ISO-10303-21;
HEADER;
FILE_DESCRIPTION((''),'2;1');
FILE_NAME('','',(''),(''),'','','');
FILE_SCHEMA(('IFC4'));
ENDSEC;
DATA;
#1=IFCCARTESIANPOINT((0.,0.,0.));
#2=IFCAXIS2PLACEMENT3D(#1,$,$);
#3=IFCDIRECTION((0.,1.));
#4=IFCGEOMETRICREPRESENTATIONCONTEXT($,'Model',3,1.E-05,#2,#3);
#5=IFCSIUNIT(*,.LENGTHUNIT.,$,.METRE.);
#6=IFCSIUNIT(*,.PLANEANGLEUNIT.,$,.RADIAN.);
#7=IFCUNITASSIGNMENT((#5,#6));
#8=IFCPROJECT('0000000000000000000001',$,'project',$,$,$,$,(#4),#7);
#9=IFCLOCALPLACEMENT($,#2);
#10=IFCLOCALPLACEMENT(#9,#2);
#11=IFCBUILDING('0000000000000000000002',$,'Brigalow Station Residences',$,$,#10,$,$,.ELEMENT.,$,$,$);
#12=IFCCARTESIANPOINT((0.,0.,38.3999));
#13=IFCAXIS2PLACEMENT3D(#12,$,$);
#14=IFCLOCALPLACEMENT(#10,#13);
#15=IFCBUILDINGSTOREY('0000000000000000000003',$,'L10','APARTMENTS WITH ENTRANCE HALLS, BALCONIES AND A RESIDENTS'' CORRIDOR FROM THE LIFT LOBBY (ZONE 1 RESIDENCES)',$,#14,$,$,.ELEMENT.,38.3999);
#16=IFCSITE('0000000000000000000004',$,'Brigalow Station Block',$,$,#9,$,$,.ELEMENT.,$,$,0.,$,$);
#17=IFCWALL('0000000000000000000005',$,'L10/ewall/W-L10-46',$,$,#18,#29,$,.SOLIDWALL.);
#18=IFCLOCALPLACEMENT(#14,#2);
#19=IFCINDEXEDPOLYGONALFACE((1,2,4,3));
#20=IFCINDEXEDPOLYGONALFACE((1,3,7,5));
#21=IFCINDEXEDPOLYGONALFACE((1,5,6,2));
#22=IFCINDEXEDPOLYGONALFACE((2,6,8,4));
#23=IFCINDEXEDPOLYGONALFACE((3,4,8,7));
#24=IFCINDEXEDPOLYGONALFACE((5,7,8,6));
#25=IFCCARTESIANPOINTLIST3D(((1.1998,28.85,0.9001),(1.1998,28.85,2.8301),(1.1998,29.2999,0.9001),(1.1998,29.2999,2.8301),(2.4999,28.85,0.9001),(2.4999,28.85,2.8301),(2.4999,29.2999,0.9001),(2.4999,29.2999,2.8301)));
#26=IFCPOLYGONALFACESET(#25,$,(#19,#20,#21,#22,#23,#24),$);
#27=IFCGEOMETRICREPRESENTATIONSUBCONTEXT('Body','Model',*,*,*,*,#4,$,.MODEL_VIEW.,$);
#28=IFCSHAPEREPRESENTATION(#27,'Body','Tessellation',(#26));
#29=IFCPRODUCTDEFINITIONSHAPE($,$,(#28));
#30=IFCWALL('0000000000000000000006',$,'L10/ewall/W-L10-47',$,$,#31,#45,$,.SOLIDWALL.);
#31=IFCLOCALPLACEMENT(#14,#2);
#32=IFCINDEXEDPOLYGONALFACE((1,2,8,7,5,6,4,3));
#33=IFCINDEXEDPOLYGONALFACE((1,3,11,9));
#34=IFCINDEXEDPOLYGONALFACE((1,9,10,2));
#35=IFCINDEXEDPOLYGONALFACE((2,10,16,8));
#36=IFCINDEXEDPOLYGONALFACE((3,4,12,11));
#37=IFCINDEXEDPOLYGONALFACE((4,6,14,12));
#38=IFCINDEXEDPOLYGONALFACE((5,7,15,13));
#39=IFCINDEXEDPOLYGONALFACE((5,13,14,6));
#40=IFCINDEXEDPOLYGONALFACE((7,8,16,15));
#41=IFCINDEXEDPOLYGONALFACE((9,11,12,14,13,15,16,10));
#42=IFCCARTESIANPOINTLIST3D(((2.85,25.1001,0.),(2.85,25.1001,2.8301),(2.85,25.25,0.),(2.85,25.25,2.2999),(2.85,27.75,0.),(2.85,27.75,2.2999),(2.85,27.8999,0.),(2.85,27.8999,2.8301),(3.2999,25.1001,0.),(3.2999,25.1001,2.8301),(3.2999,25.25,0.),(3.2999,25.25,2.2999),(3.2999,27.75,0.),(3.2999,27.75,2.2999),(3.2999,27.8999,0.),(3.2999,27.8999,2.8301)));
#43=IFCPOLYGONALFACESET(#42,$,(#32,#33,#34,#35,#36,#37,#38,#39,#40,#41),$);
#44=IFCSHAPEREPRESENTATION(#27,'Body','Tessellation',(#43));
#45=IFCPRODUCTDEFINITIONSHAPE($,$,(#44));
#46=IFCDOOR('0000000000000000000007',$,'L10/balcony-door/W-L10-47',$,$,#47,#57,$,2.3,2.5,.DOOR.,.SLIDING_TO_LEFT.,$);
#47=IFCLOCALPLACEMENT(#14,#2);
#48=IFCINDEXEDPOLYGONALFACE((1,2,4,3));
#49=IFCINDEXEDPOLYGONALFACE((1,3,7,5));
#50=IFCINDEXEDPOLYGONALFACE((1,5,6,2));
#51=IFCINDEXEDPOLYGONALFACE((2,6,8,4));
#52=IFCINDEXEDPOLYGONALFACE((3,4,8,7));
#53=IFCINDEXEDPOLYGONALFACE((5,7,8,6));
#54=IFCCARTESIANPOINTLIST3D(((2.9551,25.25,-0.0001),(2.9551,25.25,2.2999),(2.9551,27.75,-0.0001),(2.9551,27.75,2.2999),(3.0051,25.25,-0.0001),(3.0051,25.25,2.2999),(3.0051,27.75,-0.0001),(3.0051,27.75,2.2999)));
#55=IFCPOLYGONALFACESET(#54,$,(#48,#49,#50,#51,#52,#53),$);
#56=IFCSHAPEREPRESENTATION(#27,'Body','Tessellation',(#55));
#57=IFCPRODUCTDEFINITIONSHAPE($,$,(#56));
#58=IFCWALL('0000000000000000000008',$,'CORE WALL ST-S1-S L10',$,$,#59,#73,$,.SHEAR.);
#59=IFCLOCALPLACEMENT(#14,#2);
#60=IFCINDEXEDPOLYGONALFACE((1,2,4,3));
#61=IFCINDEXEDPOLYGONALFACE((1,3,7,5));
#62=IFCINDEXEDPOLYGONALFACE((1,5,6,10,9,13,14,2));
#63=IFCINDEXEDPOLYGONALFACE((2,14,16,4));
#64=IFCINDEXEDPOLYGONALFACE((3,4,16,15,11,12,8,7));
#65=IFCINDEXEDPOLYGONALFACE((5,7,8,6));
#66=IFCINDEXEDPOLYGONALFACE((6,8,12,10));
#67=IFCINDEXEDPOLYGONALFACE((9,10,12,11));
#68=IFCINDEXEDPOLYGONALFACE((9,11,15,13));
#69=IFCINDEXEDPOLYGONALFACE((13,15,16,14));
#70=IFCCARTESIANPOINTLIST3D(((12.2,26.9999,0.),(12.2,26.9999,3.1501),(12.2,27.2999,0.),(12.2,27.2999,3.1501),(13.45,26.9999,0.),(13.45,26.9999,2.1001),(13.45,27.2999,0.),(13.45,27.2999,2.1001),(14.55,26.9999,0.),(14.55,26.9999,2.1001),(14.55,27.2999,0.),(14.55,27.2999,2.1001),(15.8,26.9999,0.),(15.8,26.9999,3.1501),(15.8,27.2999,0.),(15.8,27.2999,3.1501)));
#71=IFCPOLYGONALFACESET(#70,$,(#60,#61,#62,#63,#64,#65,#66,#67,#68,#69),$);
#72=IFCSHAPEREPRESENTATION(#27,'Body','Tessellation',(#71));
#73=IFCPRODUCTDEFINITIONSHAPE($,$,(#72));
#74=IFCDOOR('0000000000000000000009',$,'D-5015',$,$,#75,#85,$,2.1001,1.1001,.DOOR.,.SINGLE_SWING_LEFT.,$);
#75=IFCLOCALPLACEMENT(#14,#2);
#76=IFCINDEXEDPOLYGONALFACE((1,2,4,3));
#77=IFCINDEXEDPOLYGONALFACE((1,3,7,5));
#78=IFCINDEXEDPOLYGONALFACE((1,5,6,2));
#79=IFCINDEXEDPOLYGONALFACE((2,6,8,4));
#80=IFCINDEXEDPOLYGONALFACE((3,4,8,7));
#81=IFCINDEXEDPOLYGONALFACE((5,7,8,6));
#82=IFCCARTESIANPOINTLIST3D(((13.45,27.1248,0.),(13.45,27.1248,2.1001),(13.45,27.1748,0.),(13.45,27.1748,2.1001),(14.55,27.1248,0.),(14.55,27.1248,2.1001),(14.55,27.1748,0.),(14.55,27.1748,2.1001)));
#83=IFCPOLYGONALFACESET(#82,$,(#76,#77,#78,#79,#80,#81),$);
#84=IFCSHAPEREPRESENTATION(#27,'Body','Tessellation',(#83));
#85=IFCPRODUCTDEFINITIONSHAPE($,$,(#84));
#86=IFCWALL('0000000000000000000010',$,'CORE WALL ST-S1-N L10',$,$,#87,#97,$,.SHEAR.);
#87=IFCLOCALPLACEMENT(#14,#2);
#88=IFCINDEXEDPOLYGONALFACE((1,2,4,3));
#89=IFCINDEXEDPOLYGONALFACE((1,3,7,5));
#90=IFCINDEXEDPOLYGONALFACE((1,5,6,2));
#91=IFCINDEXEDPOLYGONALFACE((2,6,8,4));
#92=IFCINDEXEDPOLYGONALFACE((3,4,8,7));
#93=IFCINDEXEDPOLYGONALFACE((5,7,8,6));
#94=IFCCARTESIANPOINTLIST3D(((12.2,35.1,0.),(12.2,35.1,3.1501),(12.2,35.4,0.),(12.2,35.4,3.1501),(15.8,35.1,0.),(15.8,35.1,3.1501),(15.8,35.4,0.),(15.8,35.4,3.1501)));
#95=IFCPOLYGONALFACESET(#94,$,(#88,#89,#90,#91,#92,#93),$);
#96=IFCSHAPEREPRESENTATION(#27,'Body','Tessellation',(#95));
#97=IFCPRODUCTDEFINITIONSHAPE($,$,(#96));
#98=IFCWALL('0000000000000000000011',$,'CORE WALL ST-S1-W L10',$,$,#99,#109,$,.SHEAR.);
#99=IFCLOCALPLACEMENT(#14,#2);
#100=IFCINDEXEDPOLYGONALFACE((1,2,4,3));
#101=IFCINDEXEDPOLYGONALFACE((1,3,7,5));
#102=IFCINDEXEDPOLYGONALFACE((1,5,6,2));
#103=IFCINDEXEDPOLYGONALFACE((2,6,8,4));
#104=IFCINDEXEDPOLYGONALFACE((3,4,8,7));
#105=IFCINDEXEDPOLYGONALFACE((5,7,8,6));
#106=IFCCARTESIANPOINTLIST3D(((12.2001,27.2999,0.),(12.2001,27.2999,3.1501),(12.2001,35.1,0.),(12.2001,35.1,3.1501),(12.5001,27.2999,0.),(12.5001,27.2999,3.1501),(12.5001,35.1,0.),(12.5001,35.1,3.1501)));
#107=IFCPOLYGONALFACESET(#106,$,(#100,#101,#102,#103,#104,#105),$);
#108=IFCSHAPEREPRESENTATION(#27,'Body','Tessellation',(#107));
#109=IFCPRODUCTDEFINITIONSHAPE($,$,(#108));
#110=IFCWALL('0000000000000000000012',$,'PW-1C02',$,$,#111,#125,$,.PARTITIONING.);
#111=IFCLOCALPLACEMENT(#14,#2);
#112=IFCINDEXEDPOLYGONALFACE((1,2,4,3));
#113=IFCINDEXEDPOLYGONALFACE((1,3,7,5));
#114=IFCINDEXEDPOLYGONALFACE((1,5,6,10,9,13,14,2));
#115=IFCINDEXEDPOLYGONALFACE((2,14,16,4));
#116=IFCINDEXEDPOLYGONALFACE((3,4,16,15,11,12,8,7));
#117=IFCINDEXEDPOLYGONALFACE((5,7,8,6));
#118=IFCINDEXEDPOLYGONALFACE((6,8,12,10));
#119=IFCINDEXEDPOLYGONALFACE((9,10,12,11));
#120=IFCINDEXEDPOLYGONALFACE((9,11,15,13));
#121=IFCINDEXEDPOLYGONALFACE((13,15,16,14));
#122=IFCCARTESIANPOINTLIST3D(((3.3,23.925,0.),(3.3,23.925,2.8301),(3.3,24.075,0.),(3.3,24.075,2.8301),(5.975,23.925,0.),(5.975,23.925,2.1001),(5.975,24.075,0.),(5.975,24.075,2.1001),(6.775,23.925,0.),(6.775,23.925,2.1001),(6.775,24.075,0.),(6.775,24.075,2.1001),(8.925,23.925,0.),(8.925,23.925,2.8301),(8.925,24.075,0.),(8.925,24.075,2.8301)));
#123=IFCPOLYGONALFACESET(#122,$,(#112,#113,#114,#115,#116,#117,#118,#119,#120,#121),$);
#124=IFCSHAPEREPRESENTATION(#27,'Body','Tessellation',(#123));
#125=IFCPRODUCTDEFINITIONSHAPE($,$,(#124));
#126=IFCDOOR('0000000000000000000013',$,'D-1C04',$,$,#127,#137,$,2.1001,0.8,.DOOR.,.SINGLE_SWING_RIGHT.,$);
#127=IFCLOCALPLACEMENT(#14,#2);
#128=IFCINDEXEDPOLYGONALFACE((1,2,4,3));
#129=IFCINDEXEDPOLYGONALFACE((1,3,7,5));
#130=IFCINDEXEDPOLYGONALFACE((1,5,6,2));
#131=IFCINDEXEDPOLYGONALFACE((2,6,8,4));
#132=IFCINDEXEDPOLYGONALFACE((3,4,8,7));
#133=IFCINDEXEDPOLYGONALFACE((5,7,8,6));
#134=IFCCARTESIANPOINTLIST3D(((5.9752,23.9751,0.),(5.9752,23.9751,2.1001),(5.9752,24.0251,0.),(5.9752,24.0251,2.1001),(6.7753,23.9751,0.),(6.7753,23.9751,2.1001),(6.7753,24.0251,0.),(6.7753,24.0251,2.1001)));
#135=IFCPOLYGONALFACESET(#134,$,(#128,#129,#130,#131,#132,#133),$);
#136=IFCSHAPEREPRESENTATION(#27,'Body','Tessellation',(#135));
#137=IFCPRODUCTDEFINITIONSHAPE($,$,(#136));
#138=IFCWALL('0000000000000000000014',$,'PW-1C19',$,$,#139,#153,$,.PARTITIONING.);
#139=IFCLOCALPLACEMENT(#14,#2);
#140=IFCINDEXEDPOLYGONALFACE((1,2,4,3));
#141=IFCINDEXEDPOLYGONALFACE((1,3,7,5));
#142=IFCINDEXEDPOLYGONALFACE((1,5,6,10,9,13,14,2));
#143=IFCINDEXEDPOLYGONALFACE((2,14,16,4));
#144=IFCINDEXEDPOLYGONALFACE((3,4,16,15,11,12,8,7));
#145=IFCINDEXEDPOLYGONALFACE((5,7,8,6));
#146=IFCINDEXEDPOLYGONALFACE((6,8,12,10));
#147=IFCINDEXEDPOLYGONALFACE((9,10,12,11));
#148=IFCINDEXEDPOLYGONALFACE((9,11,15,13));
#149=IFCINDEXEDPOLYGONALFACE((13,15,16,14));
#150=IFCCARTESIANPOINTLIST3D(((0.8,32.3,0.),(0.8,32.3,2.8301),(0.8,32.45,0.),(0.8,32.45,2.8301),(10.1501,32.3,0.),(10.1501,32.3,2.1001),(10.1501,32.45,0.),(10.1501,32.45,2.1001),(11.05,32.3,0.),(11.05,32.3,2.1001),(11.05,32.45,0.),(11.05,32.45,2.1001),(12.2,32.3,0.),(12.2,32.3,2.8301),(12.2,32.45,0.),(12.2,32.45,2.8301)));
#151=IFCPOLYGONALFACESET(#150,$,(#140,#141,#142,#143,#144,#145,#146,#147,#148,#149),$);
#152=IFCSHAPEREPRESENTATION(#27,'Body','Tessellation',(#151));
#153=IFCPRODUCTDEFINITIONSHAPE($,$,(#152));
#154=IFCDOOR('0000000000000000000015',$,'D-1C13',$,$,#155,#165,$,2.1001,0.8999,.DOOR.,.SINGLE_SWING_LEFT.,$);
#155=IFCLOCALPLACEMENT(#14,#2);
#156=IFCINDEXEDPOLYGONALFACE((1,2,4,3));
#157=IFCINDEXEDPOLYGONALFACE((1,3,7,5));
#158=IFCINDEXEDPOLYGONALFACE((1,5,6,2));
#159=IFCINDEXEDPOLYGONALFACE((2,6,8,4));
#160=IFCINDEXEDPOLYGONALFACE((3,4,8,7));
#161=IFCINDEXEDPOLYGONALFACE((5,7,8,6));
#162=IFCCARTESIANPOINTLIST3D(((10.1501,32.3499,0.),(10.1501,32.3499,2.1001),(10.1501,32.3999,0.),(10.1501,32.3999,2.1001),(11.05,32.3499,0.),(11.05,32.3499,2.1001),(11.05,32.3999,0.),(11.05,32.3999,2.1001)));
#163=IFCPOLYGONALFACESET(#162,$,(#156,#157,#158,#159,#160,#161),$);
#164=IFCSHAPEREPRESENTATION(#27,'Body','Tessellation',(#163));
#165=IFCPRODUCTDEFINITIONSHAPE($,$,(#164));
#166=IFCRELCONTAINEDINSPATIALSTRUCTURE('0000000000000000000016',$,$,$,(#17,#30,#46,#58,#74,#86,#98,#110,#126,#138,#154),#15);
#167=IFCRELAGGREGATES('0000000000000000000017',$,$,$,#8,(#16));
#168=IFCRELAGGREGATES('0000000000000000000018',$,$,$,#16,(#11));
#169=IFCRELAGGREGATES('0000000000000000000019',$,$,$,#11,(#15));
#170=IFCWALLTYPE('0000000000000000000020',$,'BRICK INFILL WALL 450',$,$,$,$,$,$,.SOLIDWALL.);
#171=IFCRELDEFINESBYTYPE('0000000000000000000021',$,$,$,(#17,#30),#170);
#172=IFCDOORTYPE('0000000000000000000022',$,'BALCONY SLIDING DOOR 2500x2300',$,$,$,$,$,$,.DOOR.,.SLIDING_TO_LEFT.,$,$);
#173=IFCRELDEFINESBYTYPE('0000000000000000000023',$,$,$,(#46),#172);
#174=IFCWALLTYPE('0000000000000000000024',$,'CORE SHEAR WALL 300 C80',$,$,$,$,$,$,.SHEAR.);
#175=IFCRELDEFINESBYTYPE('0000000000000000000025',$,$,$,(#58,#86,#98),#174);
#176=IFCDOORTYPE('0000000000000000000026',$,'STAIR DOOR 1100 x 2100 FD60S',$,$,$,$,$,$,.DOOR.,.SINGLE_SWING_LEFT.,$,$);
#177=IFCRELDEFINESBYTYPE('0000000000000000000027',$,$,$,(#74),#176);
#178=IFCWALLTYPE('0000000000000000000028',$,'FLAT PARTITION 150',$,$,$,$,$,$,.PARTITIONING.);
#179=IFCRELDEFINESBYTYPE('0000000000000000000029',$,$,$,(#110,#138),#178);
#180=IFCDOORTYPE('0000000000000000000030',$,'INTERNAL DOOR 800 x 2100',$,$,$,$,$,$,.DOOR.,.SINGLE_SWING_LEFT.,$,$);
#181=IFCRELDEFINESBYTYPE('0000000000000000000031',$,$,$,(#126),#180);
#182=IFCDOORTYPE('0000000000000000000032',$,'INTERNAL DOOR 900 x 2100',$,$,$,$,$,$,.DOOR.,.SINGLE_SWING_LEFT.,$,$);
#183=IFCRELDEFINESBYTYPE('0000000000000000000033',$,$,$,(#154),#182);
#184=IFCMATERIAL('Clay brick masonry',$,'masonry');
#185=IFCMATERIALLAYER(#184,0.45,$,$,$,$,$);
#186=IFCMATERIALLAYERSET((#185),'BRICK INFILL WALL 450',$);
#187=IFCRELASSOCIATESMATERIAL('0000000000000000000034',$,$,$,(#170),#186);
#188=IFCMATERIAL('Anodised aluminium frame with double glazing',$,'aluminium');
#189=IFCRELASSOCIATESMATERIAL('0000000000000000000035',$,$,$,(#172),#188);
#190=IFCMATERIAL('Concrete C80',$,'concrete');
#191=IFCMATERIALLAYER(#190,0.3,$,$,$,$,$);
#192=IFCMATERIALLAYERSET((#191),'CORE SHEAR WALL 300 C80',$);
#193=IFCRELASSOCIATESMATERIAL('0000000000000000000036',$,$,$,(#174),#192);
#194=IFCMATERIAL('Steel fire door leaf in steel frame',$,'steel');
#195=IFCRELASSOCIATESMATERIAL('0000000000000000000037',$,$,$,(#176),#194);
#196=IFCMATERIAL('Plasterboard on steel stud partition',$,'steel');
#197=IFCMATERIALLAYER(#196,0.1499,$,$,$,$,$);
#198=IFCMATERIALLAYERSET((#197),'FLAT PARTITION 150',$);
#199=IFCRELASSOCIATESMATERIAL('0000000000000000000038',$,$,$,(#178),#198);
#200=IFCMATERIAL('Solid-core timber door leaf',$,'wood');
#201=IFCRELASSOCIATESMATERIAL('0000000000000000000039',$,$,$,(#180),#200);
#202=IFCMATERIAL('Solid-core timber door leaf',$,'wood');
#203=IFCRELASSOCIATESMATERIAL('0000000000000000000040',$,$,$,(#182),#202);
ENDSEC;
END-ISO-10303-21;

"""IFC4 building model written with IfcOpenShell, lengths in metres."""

from ifc_helpers import new_model, si_unit, direction, frame, frame_2d, origin, place, context, subcontext, project, spatial, rectangle, extrude, material, layer, layer_set, type_object, element, fill, save


model = new_model("IFC4")

# Units and contexts
model_context = context("Model", 3, precision=1e-05, world=origin(), true_north=direction((0.0, 1.0)))
body_context = subcontext(model_context, "Body", "Model", "MODEL_VIEW")
ifc_project = project(units=[si_unit("LENGTHUNIT", "METRE"), si_unit("PLANEANGLEUNIT", "RADIAN")], contexts=[model_context])

# Site, building, storey
site_placement = place(None, origin())
site = spatial("IfcSite", under=ifc_project, at=site_placement, Name="Brigalow Station Block", CompositionType="ELEMENT", RefElevation=0.0)
building_placement = place(site_placement, origin())
building = spatial("IfcBuilding", under=site, at=building_placement, Name="Brigalow Station Residences", CompositionType="ELEMENT")
storey_placement = place(building_placement, frame((0.0, 0.0, 38.3999)))
storey = spatial("IfcBuildingStorey", under=building, at=storey_placement, Name="L10", Description="APARTMENTS WITH ENTRANCE HALLS, BALCONIES AND A RESIDENTS' CORRIDOR FROM THE LIFT LOBBY (ZONE 1 RESIDENCES)", CompositionType="ELEMENT", Elevation=38.3999)

# Shared definitions
ifc_material_1 = material(Name="Clay brick masonry", Category="masonry")
ifc_layer_1 = layer(ifc_material_1, 0.45)
ifc_layer_set_1 = layer_set([ifc_layer_1], Name="BRICK INFILL WALL 450")
wall_type_1 = type_object("IfcWallType", Name="BRICK INFILL WALL 450", PredefinedType="SOLIDWALL", material=ifc_layer_set_1)

# Wall
wall_1_placement = place(storey_placement, frame((1.2, 29.075, 0.9001), z_axis=(0.0, 0.0, 1.0), x_axis=(1.0, 0.0, 0.0)))
element("IfcWall", 1, at=wall_1_placement, inside=storey, type_object=wall_type_1, Name="L10/ewall/W-L10-46", PredefinedType="SOLIDWALL", context=body_context, shape_type="SweptSolid", body=[
    extrude(rectangle(XDim=1.3, YDim=0.45, at=frame_2d((0.6499, 0.0))), origin(), (0.0, 0.0, 1.0), 1.9299),
])

# Walls, openings, doors
wall_2_placement = place(storey_placement, frame((3.075, 27.8999, 0.0), z_axis=(0.0, 0.0, 1.0), x_axis=(0.0, -1.0, 0.0)))
wall_2 = element("IfcWall", 2, at=wall_2_placement, inside=storey, type_object=wall_type_1, Name="L10/ewall/W-L10-47", PredefinedType="SOLIDWALL", context=body_context, shape_type="SweptSolid", body=[
    extrude(rectangle(XDim=2.7998, YDim=0.45, at=frame_2d((1.3999, 0.0))), origin(), (0.0, 0.0, 1.0), 2.8301),
])
opening_1_placement = place(wall_2_placement, frame((0.1499, 0.0, 0.0)))
opening_1 = element("IfcOpeningElement", 3, at=opening_1_placement, cuts=wall_2, PredefinedType="OPENING", context=body_context, shape_type="SweptSolid", body=[
    extrude(rectangle(XDim=2.5, YDim=2.3, at=frame_2d((1.25, 1.1499))), frame((0.0, 0.2349, 0.0), z_axis=(0.0, -1.0, 0.0), x_axis=(1.0, 0.0, 0.0)), (0.0, 0.0, 1.0), 0.47),
])
ifc_material_2 = material(Name="Anodised aluminium frame with double glazing", Category="aluminium")
door_type_1 = type_object("IfcDoorType", Name="BALCONY SLIDING DOOR 2500x2300", OperationType="SLIDING_TO_LEFT", PredefinedType="DOOR", material=ifc_material_2)
door_1_placement = place(opening_1_placement, origin())
door_1 = element("IfcDoor", 4, at=door_1_placement, inside=storey, type_object=door_type_1, Name="L10/balcony-door/W-L10-47", OperationType="SLIDING_TO_LEFT", OverallHeight=2.3, OverallWidth=2.5, PredefinedType="DOOR", context=body_context, shape_type="SweptSolid", body=[
    extrude(rectangle(XDim=2.5, YDim=2.3, at=frame_2d((1.25, 1.1499))), frame((0.0, -0.0698, 0.0), z_axis=(0.0, -1.0, 0.0), x_axis=(1.0, 0.0, 0.0)), (0.0, 0.0, 1.0), 0.05),
])
fill(opening_1, door_1)
ifc_material_3 = material(Name="Concrete C80", Category="concrete")
ifc_layer_2 = layer(ifc_material_3, 0.3)
ifc_layer_set_2 = layer_set([ifc_layer_2], Name="CORE SHEAR WALL 300 C80")
wall_type_2 = type_object("IfcWallType", Name="CORE SHEAR WALL 300 C80", PredefinedType="SHEAR", material=ifc_layer_set_2)
wall_3_placement = place(storey_placement, frame((12.2, 27.1499, 0.0), z_axis=(0.0, 0.0, 1.0), x_axis=(1.0, 0.0, 0.0)))
wall_3 = element("IfcWall", 5, at=wall_3_placement, inside=storey, type_object=wall_type_2, Name="CORE WALL ST-S1-S L10", PredefinedType="SHEAR", context=body_context, shape_type="SweptSolid", body=[
    extrude(rectangle(XDim=3.6001, YDim=0.3, at=frame_2d((1.8, 0.0))), origin(), (0.0, 0.0, 1.0), 3.1501),
])
opening_2_placement = place(wall_3_placement, frame((1.25, 0.0, 0.0)))
opening_2 = element("IfcOpeningElement", 6, at=opening_2_placement, cuts=wall_3, PredefinedType="OPENING", context=body_context, shape_type="SweptSolid", body=[
    extrude(rectangle(XDim=1.1001, YDim=2.1001, at=frame_2d((0.55, 1.05))), frame((0.0, 0.1602, 0.0), z_axis=(0.0, -1.0, 0.0), x_axis=(1.0, 0.0, 0.0)), (0.0, 0.0, 1.0), 0.3201),
])
ifc_material_4 = material(Name="Steel fire door leaf in steel frame", Category="steel")
door_type_2 = type_object("IfcDoorType", Name="STAIR DOOR 1100 x 2100 FD60S", OperationType="SINGLE_SWING_LEFT", PredefinedType="DOOR", material=ifc_material_4)
door_2_placement = place(opening_2_placement, origin())
door_2 = element("IfcDoor", 7, at=door_2_placement, inside=storey, type_object=door_type_2, Name="D-5015", OperationType="SINGLE_SWING_LEFT", OverallHeight=2.1001, OverallWidth=1.1001, PredefinedType="DOOR", context=body_context, shape_type="SweptSolid", body=[
    extrude(rectangle(XDim=1.1001, YDim=2.1001, at=frame_2d((0.55, 1.05))), frame((0.0, 0.0249, 0.0), z_axis=(0.0, -1.0, 0.0), x_axis=(1.0, 0.0, 0.0)), (0.0, 0.0, 1.0), 0.05),
])
fill(opening_2, door_2)

# Walls
wall_4_placement = place(storey_placement, frame((12.2, 35.25, 0.0), z_axis=(0.0, 0.0, 1.0), x_axis=(1.0, 0.0, 0.0)))
element("IfcWall", 8, at=wall_4_placement, inside=storey, type_object=wall_type_2, Name="CORE WALL ST-S1-N L10", PredefinedType="SHEAR", context=body_context, shape_type="SweptSolid", body=[
    extrude(rectangle(XDim=3.6001, YDim=0.3, at=frame_2d((1.8, 0.0))), origin(), (0.0, 0.0, 1.0), 3.1501),
])
wall_5_placement = place(storey_placement, frame((12.3501, 27.3, 0.0), z_axis=(0.0, 0.0, 1.0), x_axis=(0.0, 1.0, 0.0)))
element("IfcWall", 9, at=wall_5_placement, inside=storey, type_object=wall_type_2, Name="CORE WALL ST-S1-W L10", PredefinedType="SHEAR", context=body_context, shape_type="SweptSolid", body=[
    extrude(rectangle(XDim=7.8, YDim=0.3, at=frame_2d((3.8999, 0.0))), origin(), (0.0, 0.0, 1.0), 3.1501),
])

# Walls, openings, doors
ifc_material_5 = material(Name="Plasterboard on steel stud partition", Category="steel")
ifc_layer_3 = layer(ifc_material_5, 0.1499)
ifc_layer_set_3 = layer_set([ifc_layer_3], Name="FLAT PARTITION 150")
wall_type_3 = type_object("IfcWallType", Name="FLAT PARTITION 150", PredefinedType="PARTITIONING", material=ifc_layer_set_3)
wall_6_placement = place(storey_placement, frame((3.3, 24.0, 0.0), z_axis=(0.0, 0.0, 1.0), x_axis=(1.0, 0.0, 0.0)))
wall_6 = element("IfcWall", 10, at=wall_6_placement, inside=storey, type_object=wall_type_3, Name="PW-1C02", PredefinedType="PARTITIONING", context=body_context, shape_type="SweptSolid", body=[
    extrude(rectangle(XDim=5.625, YDim=0.1499, at=frame_2d((2.8125, 0.0))), origin(), (0.0, 0.0, 1.0), 2.8301),
])
opening_3_placement = place(wall_6_placement, frame((2.675, 0.0, 0.0)))
opening_3 = element("IfcOpeningElement", 11, at=opening_3_placement, cuts=wall_6, PredefinedType="OPENING", context=body_context, shape_type="SweptSolid", body=[
    extrude(rectangle(XDim=0.8, YDim=2.1001, at=frame_2d((0.3999, 1.05))), frame((0.0, 0.085, 0.0), z_axis=(0.0, -1.0, 0.0), x_axis=(1.0, 0.0, 0.0)), (0.0, 0.0, 1.0), 0.1699),
])
ifc_material_6 = material(Name="Solid-core timber door leaf", Category="wood")
door_type_3 = type_object("IfcDoorType", Name="INTERNAL DOOR 800 x 2100", OperationType="SINGLE_SWING_LEFT", PredefinedType="DOOR", material=ifc_material_6)
door_3_placement = place(opening_3_placement, frame((0.8, 0.0, 0.0), z_axis=(0.0, 0.0, 1.0), x_axis=(-1.0, 0.0, 0.0)))
door_3 = element("IfcDoor", 12, at=door_3_placement, inside=storey, type_object=door_type_3, Name="D-1C04", OperationType="SINGLE_SWING_RIGHT", OverallHeight=2.1001, OverallWidth=0.8, PredefinedType="DOOR", context=body_context, shape_type="SweptSolid", body=[
    extrude(rectangle(XDim=0.8, YDim=2.1001, at=frame_2d((0.3999, 1.05))), frame((0.0, 0.0249, 0.0), z_axis=(0.0, -1.0, 0.0), x_axis=(1.0, 0.0, 0.0)), (0.0, 0.0, 1.0), 0.05),
])
fill(opening_3, door_3)
wall_7_placement = place(storey_placement, frame((0.8, 32.375, 0.0), z_axis=(0.0, 0.0, 1.0), x_axis=(1.0, 0.0, 0.0)))
wall_7 = element("IfcWall", 13, at=wall_7_placement, inside=storey, type_object=wall_type_3, Name="PW-1C19", PredefinedType="PARTITIONING", context=body_context, shape_type="SweptSolid", body=[
    extrude(rectangle(XDim=11.3999, YDim=0.1499, at=frame_2d((5.7, 0.0))), origin(), (0.0, 0.0, 1.0), 2.8301),
])
opening_4_placement = place(wall_7_placement, frame((9.3501, 0.0, 0.0)))
opening_4 = element("IfcOpeningElement", 14, at=opening_4_placement, cuts=wall_7, PredefinedType="OPENING", context=body_context, shape_type="SweptSolid", body=[
    extrude(rectangle(XDim=0.8999, YDim=2.1001, at=frame_2d((0.45, 1.05))), frame((0.0, 0.085, 0.0), z_axis=(0.0, -1.0, 0.0), x_axis=(1.0, 0.0, 0.0)), (0.0, 0.0, 1.0), 0.1699),
])
ifc_material_7 = material(Name="Solid-core timber door leaf", Category="wood")
door_type_4 = type_object("IfcDoorType", Name="INTERNAL DOOR 900 x 2100", OperationType="SINGLE_SWING_LEFT", PredefinedType="DOOR", material=ifc_material_7)
door_4_placement = place(opening_4_placement, origin())
door_4 = element("IfcDoor", 15, at=door_4_placement, inside=storey, type_object=door_type_4, Name="D-1C13", OperationType="SINGLE_SWING_LEFT", OverallHeight=2.1001, OverallWidth=0.8999, PredefinedType="DOOR", context=body_context, shape_type="SweptSolid", body=[
    extrude(rectangle(XDim=0.8999, YDim=2.1001, at=frame_2d((0.45, 1.05))), frame((0.0, 0.0249, 0.0), z_axis=(0.0, -1.0, 0.0), x_axis=(1.0, 0.0, 0.0)), (0.0, 0.0, 1.0), 0.05),
])
fill(opening_4, door_4)

save(model, "model.ifc")
